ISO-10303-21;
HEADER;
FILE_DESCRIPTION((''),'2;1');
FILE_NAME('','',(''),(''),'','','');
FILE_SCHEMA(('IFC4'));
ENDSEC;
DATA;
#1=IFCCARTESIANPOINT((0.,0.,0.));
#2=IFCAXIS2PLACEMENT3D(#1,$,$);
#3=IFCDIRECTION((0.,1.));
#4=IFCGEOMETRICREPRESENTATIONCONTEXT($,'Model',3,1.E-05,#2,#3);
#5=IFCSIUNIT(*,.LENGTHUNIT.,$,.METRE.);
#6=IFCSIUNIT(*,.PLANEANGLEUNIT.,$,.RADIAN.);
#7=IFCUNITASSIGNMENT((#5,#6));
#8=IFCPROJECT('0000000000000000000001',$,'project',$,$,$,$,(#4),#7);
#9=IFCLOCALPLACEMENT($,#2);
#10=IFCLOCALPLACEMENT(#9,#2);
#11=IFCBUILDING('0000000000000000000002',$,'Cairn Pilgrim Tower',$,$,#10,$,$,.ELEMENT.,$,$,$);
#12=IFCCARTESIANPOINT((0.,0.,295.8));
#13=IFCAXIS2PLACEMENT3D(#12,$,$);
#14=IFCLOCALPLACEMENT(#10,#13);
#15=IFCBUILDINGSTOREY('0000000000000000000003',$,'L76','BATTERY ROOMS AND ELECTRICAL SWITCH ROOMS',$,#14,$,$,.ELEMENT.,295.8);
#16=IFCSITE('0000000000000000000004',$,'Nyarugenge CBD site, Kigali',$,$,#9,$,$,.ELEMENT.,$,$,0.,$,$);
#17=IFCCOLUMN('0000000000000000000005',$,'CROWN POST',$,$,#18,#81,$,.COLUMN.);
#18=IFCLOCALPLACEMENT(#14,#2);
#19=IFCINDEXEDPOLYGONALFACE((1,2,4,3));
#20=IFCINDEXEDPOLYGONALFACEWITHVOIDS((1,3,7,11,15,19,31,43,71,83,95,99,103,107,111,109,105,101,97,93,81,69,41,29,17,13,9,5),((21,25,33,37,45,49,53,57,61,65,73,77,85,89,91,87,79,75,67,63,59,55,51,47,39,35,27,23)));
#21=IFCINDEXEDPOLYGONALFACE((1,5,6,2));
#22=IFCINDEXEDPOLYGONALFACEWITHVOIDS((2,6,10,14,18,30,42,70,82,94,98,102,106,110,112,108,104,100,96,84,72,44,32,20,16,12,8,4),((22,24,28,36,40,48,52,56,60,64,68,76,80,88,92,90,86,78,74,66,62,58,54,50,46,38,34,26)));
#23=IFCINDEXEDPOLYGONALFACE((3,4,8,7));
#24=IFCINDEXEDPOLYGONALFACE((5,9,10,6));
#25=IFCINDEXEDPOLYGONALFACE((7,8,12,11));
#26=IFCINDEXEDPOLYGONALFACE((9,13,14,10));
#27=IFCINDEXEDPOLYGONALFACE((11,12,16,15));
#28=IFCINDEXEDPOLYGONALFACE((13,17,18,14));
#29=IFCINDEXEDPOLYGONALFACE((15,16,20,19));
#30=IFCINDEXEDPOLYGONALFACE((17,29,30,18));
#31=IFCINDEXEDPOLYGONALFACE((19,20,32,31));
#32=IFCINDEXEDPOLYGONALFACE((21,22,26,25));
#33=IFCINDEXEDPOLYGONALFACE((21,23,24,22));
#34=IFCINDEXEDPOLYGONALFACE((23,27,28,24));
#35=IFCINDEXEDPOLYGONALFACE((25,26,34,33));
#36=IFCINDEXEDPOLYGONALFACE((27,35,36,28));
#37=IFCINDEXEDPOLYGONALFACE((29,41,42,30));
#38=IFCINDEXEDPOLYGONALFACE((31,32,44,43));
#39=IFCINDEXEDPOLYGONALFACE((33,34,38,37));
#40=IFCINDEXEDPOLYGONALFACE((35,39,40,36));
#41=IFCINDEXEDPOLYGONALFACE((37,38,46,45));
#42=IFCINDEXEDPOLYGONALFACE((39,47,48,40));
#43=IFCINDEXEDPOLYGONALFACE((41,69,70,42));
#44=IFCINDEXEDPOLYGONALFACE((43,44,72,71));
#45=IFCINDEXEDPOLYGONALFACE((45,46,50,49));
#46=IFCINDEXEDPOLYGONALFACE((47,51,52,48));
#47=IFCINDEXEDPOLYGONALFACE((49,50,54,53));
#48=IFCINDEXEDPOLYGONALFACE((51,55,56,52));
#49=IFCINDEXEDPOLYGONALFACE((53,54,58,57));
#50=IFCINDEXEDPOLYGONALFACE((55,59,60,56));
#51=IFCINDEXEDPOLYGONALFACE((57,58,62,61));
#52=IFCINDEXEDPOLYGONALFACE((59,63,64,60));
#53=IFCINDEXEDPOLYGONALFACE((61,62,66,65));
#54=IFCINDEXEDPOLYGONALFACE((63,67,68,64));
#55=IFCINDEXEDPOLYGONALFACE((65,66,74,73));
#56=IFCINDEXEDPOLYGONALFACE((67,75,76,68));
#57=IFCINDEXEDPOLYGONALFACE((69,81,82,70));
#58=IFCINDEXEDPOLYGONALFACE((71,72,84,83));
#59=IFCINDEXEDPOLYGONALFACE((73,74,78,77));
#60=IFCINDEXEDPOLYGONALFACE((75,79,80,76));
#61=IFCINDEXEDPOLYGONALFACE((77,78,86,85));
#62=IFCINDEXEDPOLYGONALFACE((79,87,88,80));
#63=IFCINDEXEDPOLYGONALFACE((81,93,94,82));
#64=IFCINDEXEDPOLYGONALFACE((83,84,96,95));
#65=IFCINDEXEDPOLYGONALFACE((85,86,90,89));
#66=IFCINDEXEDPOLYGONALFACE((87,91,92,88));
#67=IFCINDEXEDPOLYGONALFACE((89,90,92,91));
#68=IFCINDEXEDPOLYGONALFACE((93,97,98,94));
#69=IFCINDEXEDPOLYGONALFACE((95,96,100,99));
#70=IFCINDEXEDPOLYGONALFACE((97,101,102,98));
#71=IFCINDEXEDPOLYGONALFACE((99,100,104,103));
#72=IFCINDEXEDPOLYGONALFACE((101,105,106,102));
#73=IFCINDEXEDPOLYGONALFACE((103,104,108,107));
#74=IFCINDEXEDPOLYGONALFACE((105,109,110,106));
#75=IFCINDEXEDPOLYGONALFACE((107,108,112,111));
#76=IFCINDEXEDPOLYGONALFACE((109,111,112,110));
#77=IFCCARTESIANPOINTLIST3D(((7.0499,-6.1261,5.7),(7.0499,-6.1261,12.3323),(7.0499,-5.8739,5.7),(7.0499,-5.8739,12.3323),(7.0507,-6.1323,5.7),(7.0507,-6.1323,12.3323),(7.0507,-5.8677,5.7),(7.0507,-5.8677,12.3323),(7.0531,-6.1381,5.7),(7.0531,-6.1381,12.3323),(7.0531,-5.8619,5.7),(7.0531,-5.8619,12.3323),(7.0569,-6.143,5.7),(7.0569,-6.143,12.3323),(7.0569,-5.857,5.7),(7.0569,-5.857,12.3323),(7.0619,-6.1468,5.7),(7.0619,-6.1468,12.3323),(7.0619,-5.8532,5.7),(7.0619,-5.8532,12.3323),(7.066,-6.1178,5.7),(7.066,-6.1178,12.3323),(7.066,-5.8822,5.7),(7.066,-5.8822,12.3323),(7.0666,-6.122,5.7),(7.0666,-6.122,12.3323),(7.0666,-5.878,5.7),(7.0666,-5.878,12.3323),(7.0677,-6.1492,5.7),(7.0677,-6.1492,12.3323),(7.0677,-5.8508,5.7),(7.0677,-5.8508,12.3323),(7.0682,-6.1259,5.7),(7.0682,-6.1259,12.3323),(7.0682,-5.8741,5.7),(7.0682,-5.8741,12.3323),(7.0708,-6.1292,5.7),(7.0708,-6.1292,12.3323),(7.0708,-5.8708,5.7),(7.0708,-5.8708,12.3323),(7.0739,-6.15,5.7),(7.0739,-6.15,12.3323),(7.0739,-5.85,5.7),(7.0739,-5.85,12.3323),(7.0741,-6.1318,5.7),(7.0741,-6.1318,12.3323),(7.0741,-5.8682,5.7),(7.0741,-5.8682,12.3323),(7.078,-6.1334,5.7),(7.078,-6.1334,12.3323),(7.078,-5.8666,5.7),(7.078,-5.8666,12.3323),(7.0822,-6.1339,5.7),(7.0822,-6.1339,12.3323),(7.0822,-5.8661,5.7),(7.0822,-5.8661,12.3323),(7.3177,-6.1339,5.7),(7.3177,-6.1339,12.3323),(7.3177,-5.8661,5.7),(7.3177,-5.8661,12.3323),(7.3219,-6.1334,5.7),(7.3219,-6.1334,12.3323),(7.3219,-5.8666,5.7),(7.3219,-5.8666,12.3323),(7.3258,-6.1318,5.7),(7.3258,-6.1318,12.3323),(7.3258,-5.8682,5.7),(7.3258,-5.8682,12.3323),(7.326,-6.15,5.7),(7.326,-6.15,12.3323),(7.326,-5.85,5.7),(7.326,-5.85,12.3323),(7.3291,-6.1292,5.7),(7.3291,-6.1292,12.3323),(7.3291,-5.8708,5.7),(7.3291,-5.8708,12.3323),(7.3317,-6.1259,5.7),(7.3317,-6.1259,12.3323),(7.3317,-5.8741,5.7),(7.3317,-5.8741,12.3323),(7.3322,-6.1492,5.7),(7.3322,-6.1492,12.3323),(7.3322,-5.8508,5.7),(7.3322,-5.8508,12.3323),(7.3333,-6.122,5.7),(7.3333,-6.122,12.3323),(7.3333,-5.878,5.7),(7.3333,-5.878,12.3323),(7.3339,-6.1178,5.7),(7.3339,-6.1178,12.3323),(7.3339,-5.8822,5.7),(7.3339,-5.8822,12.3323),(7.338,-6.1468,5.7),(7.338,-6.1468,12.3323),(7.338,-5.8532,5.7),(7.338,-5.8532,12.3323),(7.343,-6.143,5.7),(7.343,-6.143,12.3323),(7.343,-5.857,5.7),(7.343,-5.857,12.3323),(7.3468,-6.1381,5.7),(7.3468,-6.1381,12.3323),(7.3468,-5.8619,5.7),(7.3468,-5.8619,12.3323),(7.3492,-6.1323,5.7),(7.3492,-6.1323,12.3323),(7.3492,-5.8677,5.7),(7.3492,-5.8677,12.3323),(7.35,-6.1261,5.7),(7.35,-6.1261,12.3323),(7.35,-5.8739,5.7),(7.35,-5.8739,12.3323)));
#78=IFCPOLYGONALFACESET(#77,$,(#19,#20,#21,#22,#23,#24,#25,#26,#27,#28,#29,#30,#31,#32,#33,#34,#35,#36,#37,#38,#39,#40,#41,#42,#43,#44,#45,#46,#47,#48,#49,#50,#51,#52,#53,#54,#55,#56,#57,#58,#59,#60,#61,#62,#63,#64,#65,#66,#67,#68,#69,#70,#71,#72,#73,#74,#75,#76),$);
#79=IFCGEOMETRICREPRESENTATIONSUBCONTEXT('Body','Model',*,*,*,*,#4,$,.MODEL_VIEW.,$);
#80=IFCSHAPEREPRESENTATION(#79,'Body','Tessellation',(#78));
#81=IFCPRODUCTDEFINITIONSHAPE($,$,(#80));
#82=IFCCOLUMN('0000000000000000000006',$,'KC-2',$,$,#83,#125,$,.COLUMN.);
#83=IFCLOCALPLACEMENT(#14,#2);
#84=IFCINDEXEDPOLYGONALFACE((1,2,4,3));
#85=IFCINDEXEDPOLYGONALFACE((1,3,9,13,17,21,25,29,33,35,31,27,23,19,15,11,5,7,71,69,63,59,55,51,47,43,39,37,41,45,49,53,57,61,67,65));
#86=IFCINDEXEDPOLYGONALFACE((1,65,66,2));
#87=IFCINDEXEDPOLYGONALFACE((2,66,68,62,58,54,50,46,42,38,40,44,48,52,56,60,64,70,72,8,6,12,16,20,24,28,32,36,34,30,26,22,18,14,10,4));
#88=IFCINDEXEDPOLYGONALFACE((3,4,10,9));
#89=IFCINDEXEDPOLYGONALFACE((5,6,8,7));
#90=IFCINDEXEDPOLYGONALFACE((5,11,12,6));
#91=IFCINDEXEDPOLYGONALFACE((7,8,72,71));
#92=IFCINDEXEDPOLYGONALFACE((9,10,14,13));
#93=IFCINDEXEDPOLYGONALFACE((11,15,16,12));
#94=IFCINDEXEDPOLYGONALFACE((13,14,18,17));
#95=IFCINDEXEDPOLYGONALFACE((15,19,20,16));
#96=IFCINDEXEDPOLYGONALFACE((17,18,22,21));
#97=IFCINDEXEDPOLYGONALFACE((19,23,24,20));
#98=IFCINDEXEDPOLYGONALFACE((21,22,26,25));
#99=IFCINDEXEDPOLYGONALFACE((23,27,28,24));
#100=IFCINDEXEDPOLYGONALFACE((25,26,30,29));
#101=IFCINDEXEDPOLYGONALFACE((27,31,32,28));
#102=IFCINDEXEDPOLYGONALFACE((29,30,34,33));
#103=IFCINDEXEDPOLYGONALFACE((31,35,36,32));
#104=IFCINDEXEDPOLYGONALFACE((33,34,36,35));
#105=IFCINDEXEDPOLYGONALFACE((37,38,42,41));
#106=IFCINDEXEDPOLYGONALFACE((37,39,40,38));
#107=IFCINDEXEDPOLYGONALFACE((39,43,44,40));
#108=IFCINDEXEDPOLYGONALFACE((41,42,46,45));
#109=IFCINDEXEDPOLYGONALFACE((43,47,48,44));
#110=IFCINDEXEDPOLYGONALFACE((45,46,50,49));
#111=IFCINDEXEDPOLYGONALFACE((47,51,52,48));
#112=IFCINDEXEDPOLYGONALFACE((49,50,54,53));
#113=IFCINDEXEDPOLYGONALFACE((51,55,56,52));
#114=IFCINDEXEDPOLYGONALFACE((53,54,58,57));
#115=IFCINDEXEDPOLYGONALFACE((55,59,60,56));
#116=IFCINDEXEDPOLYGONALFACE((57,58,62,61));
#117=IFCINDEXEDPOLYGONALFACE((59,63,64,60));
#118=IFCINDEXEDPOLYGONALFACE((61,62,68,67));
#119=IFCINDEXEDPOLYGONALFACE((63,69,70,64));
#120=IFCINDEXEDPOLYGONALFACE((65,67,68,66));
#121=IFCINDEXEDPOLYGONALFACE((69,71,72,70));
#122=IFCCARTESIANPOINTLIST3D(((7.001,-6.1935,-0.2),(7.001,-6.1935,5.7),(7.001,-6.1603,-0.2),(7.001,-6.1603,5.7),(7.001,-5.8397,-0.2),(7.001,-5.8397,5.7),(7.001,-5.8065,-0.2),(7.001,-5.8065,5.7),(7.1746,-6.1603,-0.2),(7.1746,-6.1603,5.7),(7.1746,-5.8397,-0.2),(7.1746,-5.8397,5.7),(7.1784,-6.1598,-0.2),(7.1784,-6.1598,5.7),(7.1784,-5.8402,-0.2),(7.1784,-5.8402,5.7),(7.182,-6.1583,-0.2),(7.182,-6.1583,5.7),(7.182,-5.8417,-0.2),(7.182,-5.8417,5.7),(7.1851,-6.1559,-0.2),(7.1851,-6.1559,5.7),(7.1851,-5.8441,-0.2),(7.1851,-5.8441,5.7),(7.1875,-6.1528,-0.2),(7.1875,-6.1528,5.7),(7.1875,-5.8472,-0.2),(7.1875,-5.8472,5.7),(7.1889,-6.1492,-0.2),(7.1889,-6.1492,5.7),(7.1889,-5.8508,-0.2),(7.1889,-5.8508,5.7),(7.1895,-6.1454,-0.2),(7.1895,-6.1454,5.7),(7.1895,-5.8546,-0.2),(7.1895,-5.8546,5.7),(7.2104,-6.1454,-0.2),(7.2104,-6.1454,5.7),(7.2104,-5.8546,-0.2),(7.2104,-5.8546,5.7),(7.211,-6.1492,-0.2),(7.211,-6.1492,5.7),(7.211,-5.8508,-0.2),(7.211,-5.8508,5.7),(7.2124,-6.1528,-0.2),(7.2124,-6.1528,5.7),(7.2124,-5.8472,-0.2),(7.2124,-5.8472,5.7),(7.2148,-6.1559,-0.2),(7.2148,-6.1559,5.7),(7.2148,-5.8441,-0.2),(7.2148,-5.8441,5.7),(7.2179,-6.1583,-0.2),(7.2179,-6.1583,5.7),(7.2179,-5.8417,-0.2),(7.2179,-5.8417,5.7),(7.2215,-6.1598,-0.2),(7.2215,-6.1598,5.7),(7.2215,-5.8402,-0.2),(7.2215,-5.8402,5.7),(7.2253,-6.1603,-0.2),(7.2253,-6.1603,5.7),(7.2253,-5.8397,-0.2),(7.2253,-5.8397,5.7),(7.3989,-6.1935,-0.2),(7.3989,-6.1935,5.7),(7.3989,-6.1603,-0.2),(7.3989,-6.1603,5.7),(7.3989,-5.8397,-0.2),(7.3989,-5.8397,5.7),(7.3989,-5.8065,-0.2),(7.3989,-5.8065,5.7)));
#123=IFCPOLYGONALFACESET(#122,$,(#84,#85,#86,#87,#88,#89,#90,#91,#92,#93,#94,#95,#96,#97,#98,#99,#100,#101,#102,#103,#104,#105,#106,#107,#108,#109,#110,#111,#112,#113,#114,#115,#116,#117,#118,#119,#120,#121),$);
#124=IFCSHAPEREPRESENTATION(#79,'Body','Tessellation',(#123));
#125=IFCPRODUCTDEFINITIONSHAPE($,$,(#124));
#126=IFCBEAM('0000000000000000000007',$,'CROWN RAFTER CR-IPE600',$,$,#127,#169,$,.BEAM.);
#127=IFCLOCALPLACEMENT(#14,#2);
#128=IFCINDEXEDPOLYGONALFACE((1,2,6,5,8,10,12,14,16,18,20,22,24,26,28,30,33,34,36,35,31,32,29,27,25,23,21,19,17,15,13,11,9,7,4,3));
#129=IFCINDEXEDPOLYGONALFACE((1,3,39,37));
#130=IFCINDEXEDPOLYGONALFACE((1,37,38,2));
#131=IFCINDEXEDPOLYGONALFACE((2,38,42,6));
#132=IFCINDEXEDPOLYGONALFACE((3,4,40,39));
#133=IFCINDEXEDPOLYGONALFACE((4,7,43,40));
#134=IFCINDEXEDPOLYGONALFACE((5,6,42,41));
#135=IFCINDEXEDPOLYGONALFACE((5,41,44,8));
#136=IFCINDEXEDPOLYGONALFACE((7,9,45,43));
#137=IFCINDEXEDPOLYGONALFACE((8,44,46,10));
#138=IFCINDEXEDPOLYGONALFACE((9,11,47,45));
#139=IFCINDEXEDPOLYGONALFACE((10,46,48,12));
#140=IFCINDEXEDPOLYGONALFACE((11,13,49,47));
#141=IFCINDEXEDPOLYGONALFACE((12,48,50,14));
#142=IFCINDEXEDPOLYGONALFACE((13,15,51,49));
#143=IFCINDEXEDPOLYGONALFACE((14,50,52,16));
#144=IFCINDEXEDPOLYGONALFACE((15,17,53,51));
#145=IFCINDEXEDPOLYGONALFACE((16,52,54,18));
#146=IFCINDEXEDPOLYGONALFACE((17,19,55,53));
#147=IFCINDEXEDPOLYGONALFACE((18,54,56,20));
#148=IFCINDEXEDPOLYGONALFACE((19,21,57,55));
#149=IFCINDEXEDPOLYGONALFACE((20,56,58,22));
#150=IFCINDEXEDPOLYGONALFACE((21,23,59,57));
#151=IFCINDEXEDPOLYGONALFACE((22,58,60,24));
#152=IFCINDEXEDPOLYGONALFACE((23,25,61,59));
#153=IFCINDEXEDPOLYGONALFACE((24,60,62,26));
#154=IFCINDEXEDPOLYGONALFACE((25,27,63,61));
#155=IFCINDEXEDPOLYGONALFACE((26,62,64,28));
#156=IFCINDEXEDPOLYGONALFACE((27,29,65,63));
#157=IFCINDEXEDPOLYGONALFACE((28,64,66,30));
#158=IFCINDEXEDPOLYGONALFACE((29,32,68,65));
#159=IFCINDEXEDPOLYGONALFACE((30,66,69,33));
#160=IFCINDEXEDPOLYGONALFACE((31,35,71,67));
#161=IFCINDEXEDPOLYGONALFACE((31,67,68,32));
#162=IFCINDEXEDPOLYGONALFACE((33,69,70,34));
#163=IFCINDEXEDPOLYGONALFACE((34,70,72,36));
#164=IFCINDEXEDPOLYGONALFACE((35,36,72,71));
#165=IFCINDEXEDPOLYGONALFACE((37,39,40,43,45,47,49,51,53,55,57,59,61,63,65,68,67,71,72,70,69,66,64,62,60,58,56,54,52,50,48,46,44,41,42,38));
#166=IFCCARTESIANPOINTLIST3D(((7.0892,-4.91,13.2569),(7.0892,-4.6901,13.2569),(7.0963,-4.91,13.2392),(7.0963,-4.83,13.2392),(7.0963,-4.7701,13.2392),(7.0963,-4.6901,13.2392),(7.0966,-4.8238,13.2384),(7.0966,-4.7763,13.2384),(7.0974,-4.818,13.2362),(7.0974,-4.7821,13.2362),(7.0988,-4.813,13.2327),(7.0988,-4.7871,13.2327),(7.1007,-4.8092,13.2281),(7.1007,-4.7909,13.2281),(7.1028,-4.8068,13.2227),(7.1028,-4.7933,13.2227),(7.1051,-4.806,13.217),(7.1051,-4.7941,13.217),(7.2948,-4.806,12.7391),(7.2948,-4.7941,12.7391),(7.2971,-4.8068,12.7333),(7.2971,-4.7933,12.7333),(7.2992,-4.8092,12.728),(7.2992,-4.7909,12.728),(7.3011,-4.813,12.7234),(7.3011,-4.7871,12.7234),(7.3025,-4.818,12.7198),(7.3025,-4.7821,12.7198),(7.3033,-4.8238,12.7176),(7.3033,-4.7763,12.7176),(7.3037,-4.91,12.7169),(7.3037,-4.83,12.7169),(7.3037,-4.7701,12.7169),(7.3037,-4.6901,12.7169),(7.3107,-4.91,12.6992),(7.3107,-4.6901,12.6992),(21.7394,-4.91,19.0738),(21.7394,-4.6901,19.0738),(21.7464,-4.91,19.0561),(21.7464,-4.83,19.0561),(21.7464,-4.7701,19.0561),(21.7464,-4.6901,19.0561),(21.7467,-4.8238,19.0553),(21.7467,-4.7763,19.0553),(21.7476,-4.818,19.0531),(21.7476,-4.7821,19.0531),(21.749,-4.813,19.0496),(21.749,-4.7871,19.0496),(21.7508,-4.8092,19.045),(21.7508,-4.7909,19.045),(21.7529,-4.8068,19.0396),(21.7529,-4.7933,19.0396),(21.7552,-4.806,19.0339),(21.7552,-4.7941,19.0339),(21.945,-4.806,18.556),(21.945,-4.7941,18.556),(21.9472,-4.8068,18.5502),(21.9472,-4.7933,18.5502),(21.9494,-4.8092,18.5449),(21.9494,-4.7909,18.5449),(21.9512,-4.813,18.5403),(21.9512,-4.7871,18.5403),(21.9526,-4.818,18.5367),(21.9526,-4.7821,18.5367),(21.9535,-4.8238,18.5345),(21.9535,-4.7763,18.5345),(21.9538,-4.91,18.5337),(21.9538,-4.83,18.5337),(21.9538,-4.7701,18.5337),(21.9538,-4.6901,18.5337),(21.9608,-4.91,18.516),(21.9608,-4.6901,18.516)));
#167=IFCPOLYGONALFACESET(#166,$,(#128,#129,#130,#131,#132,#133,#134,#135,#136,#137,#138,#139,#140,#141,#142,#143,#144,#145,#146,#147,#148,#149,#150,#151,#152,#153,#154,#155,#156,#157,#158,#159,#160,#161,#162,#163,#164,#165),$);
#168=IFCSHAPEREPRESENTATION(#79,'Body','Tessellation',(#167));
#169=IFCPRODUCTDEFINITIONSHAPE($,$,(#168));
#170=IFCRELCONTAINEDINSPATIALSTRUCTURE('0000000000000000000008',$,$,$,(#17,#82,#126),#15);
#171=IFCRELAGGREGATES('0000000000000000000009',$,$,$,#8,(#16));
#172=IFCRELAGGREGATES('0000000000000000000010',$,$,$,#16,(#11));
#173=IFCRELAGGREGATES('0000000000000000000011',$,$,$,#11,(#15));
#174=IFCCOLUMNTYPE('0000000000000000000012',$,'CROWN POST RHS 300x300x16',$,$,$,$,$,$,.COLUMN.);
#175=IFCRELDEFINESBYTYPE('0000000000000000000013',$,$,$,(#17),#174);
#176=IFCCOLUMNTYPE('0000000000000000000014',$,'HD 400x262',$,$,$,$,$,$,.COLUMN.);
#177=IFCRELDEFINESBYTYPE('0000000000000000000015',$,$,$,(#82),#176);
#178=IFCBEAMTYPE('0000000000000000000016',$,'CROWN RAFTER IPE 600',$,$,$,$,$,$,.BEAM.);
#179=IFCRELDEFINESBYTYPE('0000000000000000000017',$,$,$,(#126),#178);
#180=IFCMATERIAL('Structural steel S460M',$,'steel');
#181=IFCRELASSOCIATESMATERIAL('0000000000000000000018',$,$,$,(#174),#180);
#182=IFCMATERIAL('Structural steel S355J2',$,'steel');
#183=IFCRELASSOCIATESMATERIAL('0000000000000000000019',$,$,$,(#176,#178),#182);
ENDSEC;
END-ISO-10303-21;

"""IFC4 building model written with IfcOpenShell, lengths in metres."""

from ifc_helpers import new_model, si_unit, direction, frame, origin, origin_2d, place, context, subcontext, project, spatial, hollow_rectangle, i_section, extrude, material, material_profile, profile_set, type_object, element, save


model = new_model("IFC4")

# Units and contexts
model_context = context("Model", 3, precision=1e-05, world=origin(), true_north=direction((0.0, 1.0)))
body_context = subcontext(model_context, "Body", "Model", "MODEL_VIEW")
ifc_project = project(units=[si_unit("LENGTHUNIT", "METRE"), si_unit("PLANEANGLEUNIT", "RADIAN")], contexts=[model_context])

# Site, building, storey
site_placement = place(None, origin())
site = spatial("IfcSite", under=ifc_project, at=site_placement, Name="Nyarugenge CBD site, Kigali", CompositionType="ELEMENT", RefElevation=0.0)
building_placement = place(site_placement, origin())
building = spatial("IfcBuilding", under=site, at=building_placement, Name="Cairn Pilgrim Tower", CompositionType="ELEMENT")
storey_placement = place(building_placement, frame((0.0, 0.0, 295.8)))
storey = spatial("IfcBuildingStorey", under=building, at=storey_placement, Name="L76", Description="BATTERY ROOMS AND ELECTRICAL SWITCH ROOMS", CompositionType="ELEMENT", Elevation=295.8)

# Columns
ifc_material_1 = material(Name="Structural steel S460M", Category="steel")
ifc_material_profile_1 = material_profile(ifc_material_1, hollow_rectangle(XDim=0.3, YDim=0.3, WallThickness=0.0161, InnerFilletRadius=0.0161, OuterFilletRadius=0.0239, at=origin_2d()), Name="SHS 300x300x16")
ifc_profile_set_1 = profile_set([ifc_material_profile_1], Name="Structural steel S460M")
column_type_1 = type_object("IfcColumnType", Name="CROWN POST RHS 300x300x16", PredefinedType="COLUMN", material=ifc_profile_set_1)
column_1_placement = place(storey_placement, frame((7.2, -6.0, 5.7), z_axis=(0.0, 0.0, 1.0), x_axis=(1.0, 0.0, 0.0)))
element("IfcColumn", 1, at=column_1_placement, inside=storey, type_object=column_type_1, Name="CROWN POST", PredefinedType="COLUMN", context=body_context, shape_type="SweptSolid", body=[
    extrude(hollow_rectangle(XDim=0.3, YDim=0.3, WallThickness=0.0161, InnerFilletRadius=0.0161, OuterFilletRadius=0.0239, at=origin_2d()), origin(), (0.0, 0.0, 1.0), 6.6323),
])
ifc_material_2 = material(Name="Structural steel S355J2", Category="steel")
ifc_material_profile_2 = material_profile(ifc_material_2, i_section(OverallWidth=0.3979, OverallDepth=0.387, WebThickness=0.021, FlangeThickness=0.0332, FilletRadius=0.0149, at=origin_2d()), Name="HD 400x262")
ifc_profile_set_2 = profile_set([ifc_material_profile_2], Name="Structural steel S355J2")
column_type_2 = type_object("IfcColumnType", Name="HD 400x262", PredefinedType="COLUMN", material=ifc_profile_set_2)
column_2_placement = place(storey_placement, frame((7.2, -6.0, -0.2), z_axis=(0.0, 0.0, 1.0), x_axis=(1.0, 0.0, 0.0)))
element("IfcColumn", 2, at=column_2_placement, inside=storey, type_object=column_type_2, Name="KC-2", PredefinedType="COLUMN", context=body_context, shape_type="SweptSolid", body=[
    extrude(i_section(OverallWidth=0.3979, OverallDepth=0.387, WebThickness=0.021, FlangeThickness=0.0332, FilletRadius=0.0149, at=origin_2d()), origin(), (0.0, 0.0, 1.0), 5.8999),
])

# Beam
ifc_material_profile_3 = material_profile(ifc_material_2, i_section(OverallWidth=0.22, OverallDepth=0.6001, WebThickness=0.012, FlangeThickness=0.019, FilletRadius=0.0239, at=origin_2d()), Name="IPE 600")
ifc_profile_set_3 = profile_set([ifc_material_profile_3], Name="Structural steel S355J2")
beam_type_1 = type_object("IfcBeamType", Name="CROWN RAFTER IPE 600", PredefinedType="BEAM", material=ifc_profile_set_3)
beam_1_placement = place(storey_placement, frame((7.2, -4.8, 12.978), z_axis=(0.929418, 0.0, 0.369029), x_axis=(0.0, 1.0, 0.0)))
element("IfcBeam", 3, at=beam_1_placement, inside=storey, type_object=beam_type_1, Name="CROWN RAFTER CR-IPE600", PredefinedType="BEAM", context=body_context, shape_type="SweptSolid", body=[
    extrude(i_section(OverallWidth=0.22, OverallDepth=0.6001, WebThickness=0.012, FlangeThickness=0.019, FilletRadius=0.0239, at=origin_2d()), origin(), (0.0, 0.0, 1.0), 15.7627),
])

save(model, "model.ifc")
